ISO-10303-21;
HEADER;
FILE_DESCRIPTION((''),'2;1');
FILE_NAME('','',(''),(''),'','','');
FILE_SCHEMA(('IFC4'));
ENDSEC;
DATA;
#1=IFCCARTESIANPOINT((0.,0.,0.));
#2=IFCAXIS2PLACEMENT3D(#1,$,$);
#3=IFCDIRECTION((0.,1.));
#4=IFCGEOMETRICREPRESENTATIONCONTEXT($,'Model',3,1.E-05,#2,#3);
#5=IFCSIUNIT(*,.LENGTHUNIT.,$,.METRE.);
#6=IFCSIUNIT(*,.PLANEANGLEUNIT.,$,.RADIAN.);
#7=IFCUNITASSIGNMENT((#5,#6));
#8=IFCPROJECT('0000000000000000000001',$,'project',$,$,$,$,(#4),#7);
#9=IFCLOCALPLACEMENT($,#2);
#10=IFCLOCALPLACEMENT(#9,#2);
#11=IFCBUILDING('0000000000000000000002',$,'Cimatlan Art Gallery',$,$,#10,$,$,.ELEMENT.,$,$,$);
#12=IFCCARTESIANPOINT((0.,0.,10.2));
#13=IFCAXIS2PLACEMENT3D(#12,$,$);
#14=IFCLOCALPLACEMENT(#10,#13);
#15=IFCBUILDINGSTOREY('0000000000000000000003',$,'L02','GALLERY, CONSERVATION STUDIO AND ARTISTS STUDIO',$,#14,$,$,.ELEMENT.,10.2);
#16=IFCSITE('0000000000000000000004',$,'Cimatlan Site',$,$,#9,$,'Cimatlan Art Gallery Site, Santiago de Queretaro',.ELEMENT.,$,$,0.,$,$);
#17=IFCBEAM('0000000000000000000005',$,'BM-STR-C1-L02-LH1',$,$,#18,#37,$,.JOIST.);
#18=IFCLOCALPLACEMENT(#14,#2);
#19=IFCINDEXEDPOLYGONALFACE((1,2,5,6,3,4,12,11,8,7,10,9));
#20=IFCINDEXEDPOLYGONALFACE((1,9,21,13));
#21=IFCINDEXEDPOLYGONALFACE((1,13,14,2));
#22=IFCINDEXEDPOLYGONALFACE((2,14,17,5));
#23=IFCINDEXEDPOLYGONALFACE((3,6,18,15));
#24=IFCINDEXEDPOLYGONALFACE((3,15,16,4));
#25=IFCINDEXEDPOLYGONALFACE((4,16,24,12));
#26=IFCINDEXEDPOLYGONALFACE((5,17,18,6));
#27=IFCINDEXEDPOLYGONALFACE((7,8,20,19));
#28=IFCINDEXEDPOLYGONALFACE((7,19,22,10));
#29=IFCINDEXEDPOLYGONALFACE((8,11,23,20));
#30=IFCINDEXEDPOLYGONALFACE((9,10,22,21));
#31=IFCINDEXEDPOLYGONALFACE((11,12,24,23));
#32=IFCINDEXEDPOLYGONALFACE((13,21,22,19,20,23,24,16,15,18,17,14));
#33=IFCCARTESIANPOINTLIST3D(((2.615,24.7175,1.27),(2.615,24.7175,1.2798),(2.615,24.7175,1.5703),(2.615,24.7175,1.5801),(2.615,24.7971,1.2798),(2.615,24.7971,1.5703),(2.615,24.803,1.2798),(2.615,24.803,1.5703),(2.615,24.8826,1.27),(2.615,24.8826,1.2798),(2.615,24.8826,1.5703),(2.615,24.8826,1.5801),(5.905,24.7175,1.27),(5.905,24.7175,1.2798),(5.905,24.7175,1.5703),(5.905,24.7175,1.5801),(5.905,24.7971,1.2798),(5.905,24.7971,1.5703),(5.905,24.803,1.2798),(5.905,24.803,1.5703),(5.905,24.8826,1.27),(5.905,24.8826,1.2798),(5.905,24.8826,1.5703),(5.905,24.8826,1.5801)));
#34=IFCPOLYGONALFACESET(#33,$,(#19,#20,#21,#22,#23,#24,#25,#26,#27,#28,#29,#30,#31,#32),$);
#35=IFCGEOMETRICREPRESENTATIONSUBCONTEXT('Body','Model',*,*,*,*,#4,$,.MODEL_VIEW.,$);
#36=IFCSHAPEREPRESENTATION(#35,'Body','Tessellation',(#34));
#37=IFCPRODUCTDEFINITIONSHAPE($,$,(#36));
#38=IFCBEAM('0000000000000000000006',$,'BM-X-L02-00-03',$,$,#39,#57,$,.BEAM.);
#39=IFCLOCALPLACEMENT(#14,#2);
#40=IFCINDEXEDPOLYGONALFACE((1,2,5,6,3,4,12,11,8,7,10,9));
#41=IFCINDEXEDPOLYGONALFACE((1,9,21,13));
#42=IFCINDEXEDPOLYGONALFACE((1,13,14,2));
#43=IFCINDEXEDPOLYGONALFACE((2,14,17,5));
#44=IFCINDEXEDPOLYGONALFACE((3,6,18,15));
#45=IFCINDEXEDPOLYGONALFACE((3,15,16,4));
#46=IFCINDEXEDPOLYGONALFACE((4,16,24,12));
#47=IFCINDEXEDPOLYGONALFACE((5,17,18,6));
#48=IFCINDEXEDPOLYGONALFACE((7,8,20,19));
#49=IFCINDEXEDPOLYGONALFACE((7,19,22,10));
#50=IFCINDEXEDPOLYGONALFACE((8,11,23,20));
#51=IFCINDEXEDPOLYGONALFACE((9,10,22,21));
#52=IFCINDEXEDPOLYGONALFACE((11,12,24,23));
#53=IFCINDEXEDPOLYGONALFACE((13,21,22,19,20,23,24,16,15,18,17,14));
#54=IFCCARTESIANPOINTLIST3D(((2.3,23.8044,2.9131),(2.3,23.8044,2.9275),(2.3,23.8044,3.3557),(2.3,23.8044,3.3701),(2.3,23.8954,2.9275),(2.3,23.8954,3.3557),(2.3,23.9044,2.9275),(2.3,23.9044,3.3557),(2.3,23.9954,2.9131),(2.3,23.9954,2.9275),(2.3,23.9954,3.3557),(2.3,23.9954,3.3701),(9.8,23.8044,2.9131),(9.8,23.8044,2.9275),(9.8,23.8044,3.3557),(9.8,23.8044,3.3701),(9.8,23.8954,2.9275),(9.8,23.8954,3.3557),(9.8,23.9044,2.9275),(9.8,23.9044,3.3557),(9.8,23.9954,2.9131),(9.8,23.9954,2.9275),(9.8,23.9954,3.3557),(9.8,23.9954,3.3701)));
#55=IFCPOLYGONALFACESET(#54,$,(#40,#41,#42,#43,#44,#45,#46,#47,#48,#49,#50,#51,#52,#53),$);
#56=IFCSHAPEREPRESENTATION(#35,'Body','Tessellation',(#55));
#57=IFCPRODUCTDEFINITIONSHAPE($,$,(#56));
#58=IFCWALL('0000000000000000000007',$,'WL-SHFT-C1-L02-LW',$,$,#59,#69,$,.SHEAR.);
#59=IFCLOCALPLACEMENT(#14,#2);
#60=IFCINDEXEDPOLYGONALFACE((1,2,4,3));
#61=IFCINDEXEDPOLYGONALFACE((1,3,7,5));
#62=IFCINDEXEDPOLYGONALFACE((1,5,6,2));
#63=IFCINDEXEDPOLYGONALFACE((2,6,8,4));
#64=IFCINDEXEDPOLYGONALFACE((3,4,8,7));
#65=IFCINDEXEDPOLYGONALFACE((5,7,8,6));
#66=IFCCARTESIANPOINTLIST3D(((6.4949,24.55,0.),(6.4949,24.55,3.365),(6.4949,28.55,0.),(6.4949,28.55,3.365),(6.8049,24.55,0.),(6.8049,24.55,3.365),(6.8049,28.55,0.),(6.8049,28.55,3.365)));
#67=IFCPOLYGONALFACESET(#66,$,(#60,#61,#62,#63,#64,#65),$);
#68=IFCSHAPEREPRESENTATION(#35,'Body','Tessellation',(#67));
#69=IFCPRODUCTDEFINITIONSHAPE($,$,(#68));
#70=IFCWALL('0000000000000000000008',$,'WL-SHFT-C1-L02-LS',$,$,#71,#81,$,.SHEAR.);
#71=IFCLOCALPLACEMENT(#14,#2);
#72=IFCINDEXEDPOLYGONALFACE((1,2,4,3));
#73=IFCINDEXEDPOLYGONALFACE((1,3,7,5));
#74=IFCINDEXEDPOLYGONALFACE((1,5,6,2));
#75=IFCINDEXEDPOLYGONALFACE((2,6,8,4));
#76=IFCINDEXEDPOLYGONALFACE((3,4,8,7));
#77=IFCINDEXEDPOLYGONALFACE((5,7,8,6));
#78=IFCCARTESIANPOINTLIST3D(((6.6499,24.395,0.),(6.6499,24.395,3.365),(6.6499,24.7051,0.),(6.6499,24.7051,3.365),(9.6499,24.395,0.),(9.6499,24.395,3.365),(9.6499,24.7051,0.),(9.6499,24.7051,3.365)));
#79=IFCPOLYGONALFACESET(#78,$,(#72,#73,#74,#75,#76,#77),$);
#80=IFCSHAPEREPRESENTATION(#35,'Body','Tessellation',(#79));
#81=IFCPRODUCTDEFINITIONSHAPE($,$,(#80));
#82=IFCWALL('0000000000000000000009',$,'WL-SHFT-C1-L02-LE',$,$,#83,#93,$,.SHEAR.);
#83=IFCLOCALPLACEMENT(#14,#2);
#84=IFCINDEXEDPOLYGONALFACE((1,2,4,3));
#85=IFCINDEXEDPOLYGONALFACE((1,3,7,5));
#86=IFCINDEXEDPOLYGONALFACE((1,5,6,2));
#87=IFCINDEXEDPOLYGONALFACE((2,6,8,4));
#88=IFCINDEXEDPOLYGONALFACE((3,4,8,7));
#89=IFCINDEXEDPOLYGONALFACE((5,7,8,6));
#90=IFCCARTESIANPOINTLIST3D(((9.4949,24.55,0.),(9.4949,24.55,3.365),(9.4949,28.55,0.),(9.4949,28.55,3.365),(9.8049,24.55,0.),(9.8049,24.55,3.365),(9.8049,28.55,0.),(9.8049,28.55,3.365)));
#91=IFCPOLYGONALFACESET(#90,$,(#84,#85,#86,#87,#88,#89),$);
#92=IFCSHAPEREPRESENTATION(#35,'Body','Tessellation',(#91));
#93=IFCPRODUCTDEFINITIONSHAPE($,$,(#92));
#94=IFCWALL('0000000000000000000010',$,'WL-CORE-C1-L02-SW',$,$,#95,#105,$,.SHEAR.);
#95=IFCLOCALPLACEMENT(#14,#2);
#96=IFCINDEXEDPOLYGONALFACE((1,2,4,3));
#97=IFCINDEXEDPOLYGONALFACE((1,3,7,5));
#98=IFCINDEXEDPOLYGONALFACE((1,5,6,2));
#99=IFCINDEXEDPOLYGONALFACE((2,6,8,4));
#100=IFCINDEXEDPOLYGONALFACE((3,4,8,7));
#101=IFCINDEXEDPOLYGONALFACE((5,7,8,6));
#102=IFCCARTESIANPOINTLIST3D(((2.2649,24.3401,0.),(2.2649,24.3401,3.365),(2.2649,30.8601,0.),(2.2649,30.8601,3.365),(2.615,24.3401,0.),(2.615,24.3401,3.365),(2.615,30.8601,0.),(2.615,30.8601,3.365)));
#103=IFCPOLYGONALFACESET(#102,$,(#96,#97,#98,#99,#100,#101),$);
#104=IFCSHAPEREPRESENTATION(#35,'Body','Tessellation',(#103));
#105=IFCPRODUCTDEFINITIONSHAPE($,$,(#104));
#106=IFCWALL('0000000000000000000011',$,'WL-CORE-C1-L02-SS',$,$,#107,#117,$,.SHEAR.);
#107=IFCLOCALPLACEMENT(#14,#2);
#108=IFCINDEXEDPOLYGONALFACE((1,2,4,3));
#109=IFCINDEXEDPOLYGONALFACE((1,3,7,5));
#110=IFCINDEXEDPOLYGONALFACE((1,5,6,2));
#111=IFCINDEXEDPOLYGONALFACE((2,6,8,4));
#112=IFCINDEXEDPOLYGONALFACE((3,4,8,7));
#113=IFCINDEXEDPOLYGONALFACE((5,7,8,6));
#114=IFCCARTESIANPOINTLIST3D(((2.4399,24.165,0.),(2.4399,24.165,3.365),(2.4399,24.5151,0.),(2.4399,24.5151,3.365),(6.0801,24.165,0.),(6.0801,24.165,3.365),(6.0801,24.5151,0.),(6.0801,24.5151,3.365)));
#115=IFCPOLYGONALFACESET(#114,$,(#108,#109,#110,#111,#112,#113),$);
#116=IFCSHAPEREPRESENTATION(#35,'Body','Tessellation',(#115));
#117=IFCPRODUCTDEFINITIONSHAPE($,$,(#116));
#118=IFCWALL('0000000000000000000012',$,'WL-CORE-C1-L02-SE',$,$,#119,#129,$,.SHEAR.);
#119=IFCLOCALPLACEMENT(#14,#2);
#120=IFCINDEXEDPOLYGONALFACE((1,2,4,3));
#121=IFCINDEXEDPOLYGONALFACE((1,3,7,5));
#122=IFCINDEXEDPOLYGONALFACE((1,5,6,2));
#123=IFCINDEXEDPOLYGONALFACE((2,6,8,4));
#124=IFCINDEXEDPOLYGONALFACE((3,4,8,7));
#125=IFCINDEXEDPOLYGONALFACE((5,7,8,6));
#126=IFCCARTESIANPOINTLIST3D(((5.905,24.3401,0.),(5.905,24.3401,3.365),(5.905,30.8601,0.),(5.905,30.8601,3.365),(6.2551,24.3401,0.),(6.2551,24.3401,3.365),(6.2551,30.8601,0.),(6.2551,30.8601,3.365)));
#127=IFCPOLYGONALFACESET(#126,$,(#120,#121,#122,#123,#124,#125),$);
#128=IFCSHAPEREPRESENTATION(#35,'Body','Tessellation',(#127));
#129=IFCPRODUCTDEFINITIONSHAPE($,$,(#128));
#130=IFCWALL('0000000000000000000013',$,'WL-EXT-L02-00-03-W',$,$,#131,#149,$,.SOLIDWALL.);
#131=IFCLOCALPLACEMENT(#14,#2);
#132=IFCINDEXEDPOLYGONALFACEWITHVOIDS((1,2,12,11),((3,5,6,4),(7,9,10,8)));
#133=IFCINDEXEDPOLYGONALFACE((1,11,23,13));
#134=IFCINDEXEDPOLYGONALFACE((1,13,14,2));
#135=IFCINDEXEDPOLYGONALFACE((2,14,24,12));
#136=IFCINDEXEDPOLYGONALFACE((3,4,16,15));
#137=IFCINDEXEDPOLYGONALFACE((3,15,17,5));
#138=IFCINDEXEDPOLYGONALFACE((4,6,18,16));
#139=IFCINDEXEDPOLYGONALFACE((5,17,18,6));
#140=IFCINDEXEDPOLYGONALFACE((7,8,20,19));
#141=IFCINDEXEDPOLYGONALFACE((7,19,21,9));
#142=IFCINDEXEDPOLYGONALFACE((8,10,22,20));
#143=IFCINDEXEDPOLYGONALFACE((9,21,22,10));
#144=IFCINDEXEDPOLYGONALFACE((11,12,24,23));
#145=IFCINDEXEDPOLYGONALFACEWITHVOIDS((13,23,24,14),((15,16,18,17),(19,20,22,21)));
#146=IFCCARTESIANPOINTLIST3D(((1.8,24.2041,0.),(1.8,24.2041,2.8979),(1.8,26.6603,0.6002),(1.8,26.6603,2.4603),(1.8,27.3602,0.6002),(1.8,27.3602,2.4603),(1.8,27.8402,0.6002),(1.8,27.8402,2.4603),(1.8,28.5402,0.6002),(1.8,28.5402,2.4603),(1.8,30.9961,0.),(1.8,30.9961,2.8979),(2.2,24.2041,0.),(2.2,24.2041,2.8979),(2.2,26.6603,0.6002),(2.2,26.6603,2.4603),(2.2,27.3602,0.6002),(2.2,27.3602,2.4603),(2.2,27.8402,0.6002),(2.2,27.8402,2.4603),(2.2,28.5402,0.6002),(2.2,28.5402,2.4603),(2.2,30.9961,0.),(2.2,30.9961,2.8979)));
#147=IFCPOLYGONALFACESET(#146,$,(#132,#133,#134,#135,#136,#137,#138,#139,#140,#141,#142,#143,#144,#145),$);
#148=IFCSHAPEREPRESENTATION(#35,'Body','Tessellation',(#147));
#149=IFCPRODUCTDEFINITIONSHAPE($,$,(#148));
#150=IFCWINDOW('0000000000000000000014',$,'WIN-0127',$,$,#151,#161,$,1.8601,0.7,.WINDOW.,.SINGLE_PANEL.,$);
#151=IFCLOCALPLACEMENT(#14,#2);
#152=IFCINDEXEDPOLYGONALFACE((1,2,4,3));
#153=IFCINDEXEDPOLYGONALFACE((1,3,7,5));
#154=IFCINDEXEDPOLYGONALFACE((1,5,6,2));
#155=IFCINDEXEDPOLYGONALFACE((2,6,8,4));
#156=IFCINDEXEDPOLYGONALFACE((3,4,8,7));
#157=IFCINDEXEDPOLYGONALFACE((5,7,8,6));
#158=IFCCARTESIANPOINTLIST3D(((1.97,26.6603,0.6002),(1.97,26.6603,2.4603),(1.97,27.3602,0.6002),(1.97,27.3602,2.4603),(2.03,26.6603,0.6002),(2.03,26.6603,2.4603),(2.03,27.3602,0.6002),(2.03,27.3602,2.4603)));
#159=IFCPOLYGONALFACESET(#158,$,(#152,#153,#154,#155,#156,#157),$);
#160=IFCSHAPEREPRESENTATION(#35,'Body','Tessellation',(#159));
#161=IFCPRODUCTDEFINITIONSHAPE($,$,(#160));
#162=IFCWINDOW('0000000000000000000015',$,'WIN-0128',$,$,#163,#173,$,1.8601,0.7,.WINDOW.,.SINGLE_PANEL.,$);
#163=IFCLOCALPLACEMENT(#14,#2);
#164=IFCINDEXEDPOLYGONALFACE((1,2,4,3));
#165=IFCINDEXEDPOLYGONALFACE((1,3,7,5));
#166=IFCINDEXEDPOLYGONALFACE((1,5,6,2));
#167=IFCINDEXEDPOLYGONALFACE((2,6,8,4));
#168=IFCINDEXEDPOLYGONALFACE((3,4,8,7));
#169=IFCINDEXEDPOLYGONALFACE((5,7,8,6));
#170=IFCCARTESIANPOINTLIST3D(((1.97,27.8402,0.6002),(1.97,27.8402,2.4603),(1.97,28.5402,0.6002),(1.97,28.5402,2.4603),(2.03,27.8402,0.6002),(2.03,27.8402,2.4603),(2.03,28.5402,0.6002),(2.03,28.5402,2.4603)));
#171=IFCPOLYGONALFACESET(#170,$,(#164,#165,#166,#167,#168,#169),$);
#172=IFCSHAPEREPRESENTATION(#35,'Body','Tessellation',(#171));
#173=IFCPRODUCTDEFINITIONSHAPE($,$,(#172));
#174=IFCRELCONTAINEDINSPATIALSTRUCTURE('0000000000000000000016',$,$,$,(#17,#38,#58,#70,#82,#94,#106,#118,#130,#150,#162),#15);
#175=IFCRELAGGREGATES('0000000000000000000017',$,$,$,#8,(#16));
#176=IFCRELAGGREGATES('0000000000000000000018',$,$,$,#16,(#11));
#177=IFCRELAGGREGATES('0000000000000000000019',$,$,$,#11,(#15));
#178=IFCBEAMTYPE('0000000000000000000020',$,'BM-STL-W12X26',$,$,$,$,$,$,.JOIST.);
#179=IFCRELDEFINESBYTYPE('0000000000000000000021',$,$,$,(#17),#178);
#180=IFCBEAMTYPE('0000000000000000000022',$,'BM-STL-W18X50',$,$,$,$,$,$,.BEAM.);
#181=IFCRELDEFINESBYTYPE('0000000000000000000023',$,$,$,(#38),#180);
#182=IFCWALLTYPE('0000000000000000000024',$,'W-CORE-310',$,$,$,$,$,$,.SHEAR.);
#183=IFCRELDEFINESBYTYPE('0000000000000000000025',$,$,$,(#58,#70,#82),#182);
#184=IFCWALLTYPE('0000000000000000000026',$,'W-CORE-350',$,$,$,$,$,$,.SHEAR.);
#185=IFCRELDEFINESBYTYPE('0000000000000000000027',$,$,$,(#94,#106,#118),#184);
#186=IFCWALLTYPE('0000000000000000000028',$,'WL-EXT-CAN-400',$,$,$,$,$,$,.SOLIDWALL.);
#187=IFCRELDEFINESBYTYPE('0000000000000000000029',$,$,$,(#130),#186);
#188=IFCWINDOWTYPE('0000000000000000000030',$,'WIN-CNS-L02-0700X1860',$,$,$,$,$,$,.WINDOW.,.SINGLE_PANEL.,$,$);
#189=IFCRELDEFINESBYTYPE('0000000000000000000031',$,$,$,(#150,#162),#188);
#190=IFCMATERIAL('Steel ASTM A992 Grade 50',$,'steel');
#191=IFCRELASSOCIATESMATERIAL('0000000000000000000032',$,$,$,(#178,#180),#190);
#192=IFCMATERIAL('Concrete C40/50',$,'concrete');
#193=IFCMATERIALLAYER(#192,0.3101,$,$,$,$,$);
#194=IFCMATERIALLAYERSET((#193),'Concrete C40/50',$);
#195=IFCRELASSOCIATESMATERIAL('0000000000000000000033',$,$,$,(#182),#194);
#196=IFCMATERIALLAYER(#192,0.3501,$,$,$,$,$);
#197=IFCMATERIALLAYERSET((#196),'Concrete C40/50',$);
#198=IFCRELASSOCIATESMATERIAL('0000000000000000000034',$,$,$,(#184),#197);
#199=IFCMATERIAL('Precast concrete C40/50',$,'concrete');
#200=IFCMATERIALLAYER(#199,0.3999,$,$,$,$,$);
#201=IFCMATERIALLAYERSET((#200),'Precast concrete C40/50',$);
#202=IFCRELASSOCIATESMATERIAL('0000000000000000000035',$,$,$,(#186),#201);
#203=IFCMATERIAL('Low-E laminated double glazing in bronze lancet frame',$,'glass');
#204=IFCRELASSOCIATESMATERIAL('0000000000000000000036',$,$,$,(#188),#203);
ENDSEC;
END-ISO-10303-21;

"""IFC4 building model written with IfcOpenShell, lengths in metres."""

from ifc_helpers import new_model, si_unit, direction, frame, frame_2d, origin, origin_2d, place, context, subcontext, project, spatial, rectangle, i_section, extrude, material, layer, layer_set, material_profile, profile_set, type_object, element, fill, save


model = new_model("IFC4")

# Units and contexts
model_context = context("Model", 3, precision=1e-05, world=origin(), true_north=direction((0.0, 1.0)))
body_context = subcontext(model_context, "Body", "Model", "MODEL_VIEW")
ifc_project = project(units=[si_unit("LENGTHUNIT", "METRE"), si_unit("PLANEANGLEUNIT", "RADIAN")], contexts=[model_context])

# Site, building, storey
site_placement = place(None, origin())
site = spatial("IfcSite", under=ifc_project, at=site_placement, Name="Cimatlan Site", LongName="Cimatlan Art Gallery Site, Santiago de Queretaro", CompositionType="ELEMENT", RefElevation=0.0)
building_placement = place(site_placement, origin())
building = spatial("IfcBuilding", under=site, at=building_placement, Name="Cimatlan Art Gallery", CompositionType="ELEMENT")
storey_placement = place(building_placement, frame((0.0, 0.0, 10.2)))
storey = spatial("IfcBuildingStorey", under=building, at=storey_placement, Name="L02", Description="GALLERY, CONSERVATION STUDIO AND ARTISTS STUDIO", CompositionType="ELEMENT", Elevation=10.2)

# Beams
ifc_material_1 = material(Name="Steel ASTM A992 Grade 50", Category="steel")
ifc_material_profile_1 = material_profile(ifc_material_1, i_section(OverallWidth=0.165, OverallDepth=0.3101, WebThickness=0.0059, FlangeThickness=0.0098, at=origin_2d()), Name="W12X26")
ifc_profile_set_1 = profile_set([ifc_material_profile_1], Name="Steel ASTM A992 Grade 50")
beam_type_1 = type_object("IfcBeamType", Name="BM-STL-W12X26", PredefinedType="JOIST", material=ifc_profile_set_1)
beam_1_placement = place(storey_placement, frame((2.615, 24.8, 1.425), z_axis=(1.0, 0.0, 0.0), x_axis=(0.0, 1.0, 0.0)))
element("IfcBeam", 1, at=beam_1_placement, inside=storey, type_object=beam_type_1, Name="BM-STR-C1-L02-LH1", PredefinedType="JOIST", context=body_context, shape_type="SweptSolid", body=[
    extrude(i_section(OverallWidth=0.165, OverallDepth=0.3101, WebThickness=0.0059, FlangeThickness=0.0098, at=origin_2d()), origin(), (0.0, 0.0, 1.0), 3.29),
])
ifc_material_profile_2 = material_profile(ifc_material_1, i_section(OverallWidth=0.1909, OverallDepth=0.457, WebThickness=0.009, FlangeThickness=0.0144, at=origin_2d()), Name="W18X50")
ifc_profile_set_2 = profile_set([ifc_material_profile_2], Name="Steel ASTM A992 Grade 50")
beam_type_2 = type_object("IfcBeamType", Name="BM-STL-W18X50", PredefinedType="BEAM", material=ifc_profile_set_2)
beam_2_placement = place(storey_placement, frame((2.3, 23.8999, 3.1416), z_axis=(1.0, 0.0, 0.0), x_axis=(0.0, 1.0, 0.0)))
element("IfcBeam", 2, at=beam_2_placement, inside=storey, type_object=beam_type_2, Name="BM-X-L02-00-03", PredefinedType="BEAM", context=body_context, shape_type="SweptSolid", body=[
    extrude(i_section(OverallWidth=0.1909, OverallDepth=0.457, WebThickness=0.009, FlangeThickness=0.0144, at=origin_2d()), origin(), (0.0, 0.0, 1.0), 7.5),
])

# Walls
ifc_material_2 = material(Name="Concrete C40/50", Category="concrete")
ifc_layer_1 = layer(ifc_material_2, 0.3101)
ifc_layer_set_1 = layer_set([ifc_layer_1], Name="Concrete C40/50")
wall_type_1 = type_object("IfcWallType", Name="W-CORE-310", PredefinedType="SHEAR", material=ifc_layer_set_1)
wall_1_placement = place(storey_placement, frame((6.6499, 24.55, 0.0), z_axis=(0.0, 0.0, 1.0), x_axis=(0.0, 1.0, 0.0)))
element("IfcWall", 3, at=wall_1_placement, inside=storey, type_object=wall_type_1, Name="WL-SHFT-C1-L02-LW", PredefinedType="SHEAR", context=body_context, shape_type="SweptSolid", body=[
    extrude(rectangle(XDim=4.0, YDim=0.3101, at=frame_2d((2.0, 0.0))), origin(), (0.0, 0.0, 1.0), 3.365),
])
wall_2_placement = place(storey_placement, frame((6.6499, 24.55, 0.0), z_axis=(0.0, 0.0, 1.0), x_axis=(1.0, 0.0, 0.0)))
element("IfcWall", 4, at=wall_2_placement, inside=storey, type_object=wall_type_1, Name="WL-SHFT-C1-L02-LS", PredefinedType="SHEAR", context=body_context, shape_type="SweptSolid", body=[
    extrude(rectangle(XDim=3.0, YDim=0.3101, at=frame_2d((1.5, 0.0))), origin(), (0.0, 0.0, 1.0), 3.365),
])
wall_3_placement = place(storey_placement, frame((9.6499, 24.55, 0.0), z_axis=(0.0, 0.0, 1.0), x_axis=(0.0, 1.0, 0.0)))
element("IfcWall", 5, at=wall_3_placement, inside=storey, type_object=wall_type_1, Name="WL-SHFT-C1-L02-LE", PredefinedType="SHEAR", context=body_context, shape_type="SweptSolid", body=[
    extrude(rectangle(XDim=4.0, YDim=0.3101, at=frame_2d((2.0, 0.0))), origin(), (0.0, 0.0, 1.0), 3.365),
])
ifc_layer_2 = layer(ifc_material_2, 0.3501)
ifc_layer_set_2 = layer_set([ifc_layer_2], Name="Concrete C40/50")
wall_type_2 = type_object("IfcWallType", Name="W-CORE-350", PredefinedType="SHEAR", material=ifc_layer_set_2)
wall_4_placement = place(storey_placement, frame((2.4399, 24.3401, 0.0), z_axis=(0.0, 0.0, 1.0), x_axis=(0.0, 1.0, 0.0)))
element("IfcWall", 6, at=wall_4_placement, inside=storey, type_object=wall_type_2, Name="WL-CORE-C1-L02-SW", PredefinedType="SHEAR", context=body_context, shape_type="SweptSolid", body=[
    extrude(rectangle(XDim=6.52, YDim=0.3501, at=frame_2d((3.26, 0.0))), origin(), (0.0, 0.0, 1.0), 3.365),
])
wall_5_placement = place(storey_placement, frame((2.4399, 24.3401, 0.0), z_axis=(0.0, 0.0, 1.0), x_axis=(1.0, 0.0, 0.0)))
element("IfcWall", 7, at=wall_5_placement, inside=storey, type_object=wall_type_2, Name="WL-CORE-C1-L02-SS", PredefinedType="SHEAR", context=body_context, shape_type="SweptSolid", body=[
    extrude(rectangle(XDim=3.6401, YDim=0.3501, at=frame_2d((1.8201, 0.0))), origin(), (0.0, 0.0, 1.0), 3.365),
])
wall_6_placement = place(storey_placement, frame((6.0801, 24.3401, 0.0), z_axis=(0.0, 0.0, 1.0), x_axis=(0.0, 1.0, 0.0)))
element("IfcWall", 8, at=wall_6_placement, inside=storey, type_object=wall_type_2, Name="WL-CORE-C1-L02-SE", PredefinedType="SHEAR", context=body_context, shape_type="SweptSolid", body=[
    extrude(rectangle(XDim=6.52, YDim=0.3501, at=frame_2d((3.26, 0.0))), origin(), (0.0, 0.0, 1.0), 3.365),
])

# Wall, openings, windows
ifc_material_3 = material(Name="Precast concrete C40/50", Category="concrete")
ifc_layer_3 = layer(ifc_material_3, 0.3999)
ifc_layer_set_3 = layer_set([ifc_layer_3], Name="Precast concrete C40/50")
wall_type_3 = type_object("IfcWallType", Name="WL-EXT-CAN-400", PredefinedType="SOLIDWALL", material=ifc_layer_set_3)
wall_7_placement = place(storey_placement, frame((2.0, 24.2041, 0.0), z_axis=(0.0, 0.0, 1.0), x_axis=(0.0, 1.0, 0.0)))
wall_7 = element("IfcWall", 9, at=wall_7_placement, inside=storey, type_object=wall_type_3, Name="WL-EXT-L02-00-03-W", PredefinedType="SOLIDWALL", context=body_context, shape_type="SweptSolid", body=[
    extrude(rectangle(XDim=6.792, YDim=0.3999, at=frame_2d((3.396, 0.0))), origin(), (0.0, 0.0, 1.0), 2.8979),
])
opening_1_placement = place(wall_7_placement, frame((2.4561, 0.0, 0.6001)))
opening_1 = element("IfcOpeningElement", 10, at=opening_1_placement, cuts=wall_7, PredefinedType="OPENING", context=body_context, shape_type="SweptSolid", body=[
    extrude(rectangle(XDim=0.7, YDim=1.8601, at=frame_2d((0.3501, 0.9302))), frame((0.0, 0.21, 0.0), z_axis=(0.0, -1.0, 0.0), x_axis=(1.0, 0.0, 0.0)), (0.0, 0.0, 1.0), 0.4199),
])
opening_2_placement = place(wall_7_placement, frame((3.636, 0.0, 0.6001)))
opening_2 = element("IfcOpeningElement", 11, at=opening_2_placement, cuts=wall_7, PredefinedType="OPENING", context=body_context, shape_type="SweptSolid", body=[
    extrude(rectangle(XDim=0.7, YDim=1.8601, at=frame_2d((0.3501, 0.9302))), frame((0.0, 0.21, 0.0), z_axis=(0.0, -1.0, 0.0), x_axis=(1.0, 0.0, 0.0)), (0.0, 0.0, 1.0), 0.4199),
])
ifc_material_4 = material(Name="Low-E laminated double glazing in bronze lancet frame", Category="glass")
window_type = type_object("IfcWindowType", Name="WIN-CNS-L02-0700X1860", PartitioningType="SINGLE_PANEL", PredefinedType="WINDOW", material=ifc_material_4)
window_1_placement = place(opening_1_placement, origin())
window_1 = element("IfcWindow", 12, at=window_1_placement, inside=storey, type_object=window_type, Name="WIN-0127", OverallHeight=1.8601, OverallWidth=0.7, PartitioningType="SINGLE_PANEL", PredefinedType="WINDOW", context=body_context, shape_type="SweptSolid", body=[
    extrude(rectangle(XDim=0.7, YDim=1.8601, at=frame_2d((0.3501, 0.9302))), frame((0.0, 0.03, 0.0), z_axis=(0.0, -1.0, 0.0), x_axis=(1.0, 0.0, 0.0)), (0.0, 0.0, 1.0), 0.0601),
])
fill(opening_1, window_1)
window_2_placement = place(opening_2_placement, origin())
window_2 = element("IfcWindow", 13, at=window_2_placement, inside=storey, type_object=window_type, Name="WIN-0128", OverallHeight=1.8601, OverallWidth=0.7, PartitioningType="SINGLE_PANEL", PredefinedType="WINDOW", context=body_context, shape_type="SweptSolid", body=[
    extrude(rectangle(XDim=0.7, YDim=1.8601, at=frame_2d((0.3501, 0.9302))), frame((0.0, 0.03, 0.0), z_axis=(0.0, -1.0, 0.0), x_axis=(1.0, 0.0, 0.0)), (0.0, 0.0, 1.0), 0.0601),
])
fill(opening_2, window_2)

save(model, "model.ifc")
